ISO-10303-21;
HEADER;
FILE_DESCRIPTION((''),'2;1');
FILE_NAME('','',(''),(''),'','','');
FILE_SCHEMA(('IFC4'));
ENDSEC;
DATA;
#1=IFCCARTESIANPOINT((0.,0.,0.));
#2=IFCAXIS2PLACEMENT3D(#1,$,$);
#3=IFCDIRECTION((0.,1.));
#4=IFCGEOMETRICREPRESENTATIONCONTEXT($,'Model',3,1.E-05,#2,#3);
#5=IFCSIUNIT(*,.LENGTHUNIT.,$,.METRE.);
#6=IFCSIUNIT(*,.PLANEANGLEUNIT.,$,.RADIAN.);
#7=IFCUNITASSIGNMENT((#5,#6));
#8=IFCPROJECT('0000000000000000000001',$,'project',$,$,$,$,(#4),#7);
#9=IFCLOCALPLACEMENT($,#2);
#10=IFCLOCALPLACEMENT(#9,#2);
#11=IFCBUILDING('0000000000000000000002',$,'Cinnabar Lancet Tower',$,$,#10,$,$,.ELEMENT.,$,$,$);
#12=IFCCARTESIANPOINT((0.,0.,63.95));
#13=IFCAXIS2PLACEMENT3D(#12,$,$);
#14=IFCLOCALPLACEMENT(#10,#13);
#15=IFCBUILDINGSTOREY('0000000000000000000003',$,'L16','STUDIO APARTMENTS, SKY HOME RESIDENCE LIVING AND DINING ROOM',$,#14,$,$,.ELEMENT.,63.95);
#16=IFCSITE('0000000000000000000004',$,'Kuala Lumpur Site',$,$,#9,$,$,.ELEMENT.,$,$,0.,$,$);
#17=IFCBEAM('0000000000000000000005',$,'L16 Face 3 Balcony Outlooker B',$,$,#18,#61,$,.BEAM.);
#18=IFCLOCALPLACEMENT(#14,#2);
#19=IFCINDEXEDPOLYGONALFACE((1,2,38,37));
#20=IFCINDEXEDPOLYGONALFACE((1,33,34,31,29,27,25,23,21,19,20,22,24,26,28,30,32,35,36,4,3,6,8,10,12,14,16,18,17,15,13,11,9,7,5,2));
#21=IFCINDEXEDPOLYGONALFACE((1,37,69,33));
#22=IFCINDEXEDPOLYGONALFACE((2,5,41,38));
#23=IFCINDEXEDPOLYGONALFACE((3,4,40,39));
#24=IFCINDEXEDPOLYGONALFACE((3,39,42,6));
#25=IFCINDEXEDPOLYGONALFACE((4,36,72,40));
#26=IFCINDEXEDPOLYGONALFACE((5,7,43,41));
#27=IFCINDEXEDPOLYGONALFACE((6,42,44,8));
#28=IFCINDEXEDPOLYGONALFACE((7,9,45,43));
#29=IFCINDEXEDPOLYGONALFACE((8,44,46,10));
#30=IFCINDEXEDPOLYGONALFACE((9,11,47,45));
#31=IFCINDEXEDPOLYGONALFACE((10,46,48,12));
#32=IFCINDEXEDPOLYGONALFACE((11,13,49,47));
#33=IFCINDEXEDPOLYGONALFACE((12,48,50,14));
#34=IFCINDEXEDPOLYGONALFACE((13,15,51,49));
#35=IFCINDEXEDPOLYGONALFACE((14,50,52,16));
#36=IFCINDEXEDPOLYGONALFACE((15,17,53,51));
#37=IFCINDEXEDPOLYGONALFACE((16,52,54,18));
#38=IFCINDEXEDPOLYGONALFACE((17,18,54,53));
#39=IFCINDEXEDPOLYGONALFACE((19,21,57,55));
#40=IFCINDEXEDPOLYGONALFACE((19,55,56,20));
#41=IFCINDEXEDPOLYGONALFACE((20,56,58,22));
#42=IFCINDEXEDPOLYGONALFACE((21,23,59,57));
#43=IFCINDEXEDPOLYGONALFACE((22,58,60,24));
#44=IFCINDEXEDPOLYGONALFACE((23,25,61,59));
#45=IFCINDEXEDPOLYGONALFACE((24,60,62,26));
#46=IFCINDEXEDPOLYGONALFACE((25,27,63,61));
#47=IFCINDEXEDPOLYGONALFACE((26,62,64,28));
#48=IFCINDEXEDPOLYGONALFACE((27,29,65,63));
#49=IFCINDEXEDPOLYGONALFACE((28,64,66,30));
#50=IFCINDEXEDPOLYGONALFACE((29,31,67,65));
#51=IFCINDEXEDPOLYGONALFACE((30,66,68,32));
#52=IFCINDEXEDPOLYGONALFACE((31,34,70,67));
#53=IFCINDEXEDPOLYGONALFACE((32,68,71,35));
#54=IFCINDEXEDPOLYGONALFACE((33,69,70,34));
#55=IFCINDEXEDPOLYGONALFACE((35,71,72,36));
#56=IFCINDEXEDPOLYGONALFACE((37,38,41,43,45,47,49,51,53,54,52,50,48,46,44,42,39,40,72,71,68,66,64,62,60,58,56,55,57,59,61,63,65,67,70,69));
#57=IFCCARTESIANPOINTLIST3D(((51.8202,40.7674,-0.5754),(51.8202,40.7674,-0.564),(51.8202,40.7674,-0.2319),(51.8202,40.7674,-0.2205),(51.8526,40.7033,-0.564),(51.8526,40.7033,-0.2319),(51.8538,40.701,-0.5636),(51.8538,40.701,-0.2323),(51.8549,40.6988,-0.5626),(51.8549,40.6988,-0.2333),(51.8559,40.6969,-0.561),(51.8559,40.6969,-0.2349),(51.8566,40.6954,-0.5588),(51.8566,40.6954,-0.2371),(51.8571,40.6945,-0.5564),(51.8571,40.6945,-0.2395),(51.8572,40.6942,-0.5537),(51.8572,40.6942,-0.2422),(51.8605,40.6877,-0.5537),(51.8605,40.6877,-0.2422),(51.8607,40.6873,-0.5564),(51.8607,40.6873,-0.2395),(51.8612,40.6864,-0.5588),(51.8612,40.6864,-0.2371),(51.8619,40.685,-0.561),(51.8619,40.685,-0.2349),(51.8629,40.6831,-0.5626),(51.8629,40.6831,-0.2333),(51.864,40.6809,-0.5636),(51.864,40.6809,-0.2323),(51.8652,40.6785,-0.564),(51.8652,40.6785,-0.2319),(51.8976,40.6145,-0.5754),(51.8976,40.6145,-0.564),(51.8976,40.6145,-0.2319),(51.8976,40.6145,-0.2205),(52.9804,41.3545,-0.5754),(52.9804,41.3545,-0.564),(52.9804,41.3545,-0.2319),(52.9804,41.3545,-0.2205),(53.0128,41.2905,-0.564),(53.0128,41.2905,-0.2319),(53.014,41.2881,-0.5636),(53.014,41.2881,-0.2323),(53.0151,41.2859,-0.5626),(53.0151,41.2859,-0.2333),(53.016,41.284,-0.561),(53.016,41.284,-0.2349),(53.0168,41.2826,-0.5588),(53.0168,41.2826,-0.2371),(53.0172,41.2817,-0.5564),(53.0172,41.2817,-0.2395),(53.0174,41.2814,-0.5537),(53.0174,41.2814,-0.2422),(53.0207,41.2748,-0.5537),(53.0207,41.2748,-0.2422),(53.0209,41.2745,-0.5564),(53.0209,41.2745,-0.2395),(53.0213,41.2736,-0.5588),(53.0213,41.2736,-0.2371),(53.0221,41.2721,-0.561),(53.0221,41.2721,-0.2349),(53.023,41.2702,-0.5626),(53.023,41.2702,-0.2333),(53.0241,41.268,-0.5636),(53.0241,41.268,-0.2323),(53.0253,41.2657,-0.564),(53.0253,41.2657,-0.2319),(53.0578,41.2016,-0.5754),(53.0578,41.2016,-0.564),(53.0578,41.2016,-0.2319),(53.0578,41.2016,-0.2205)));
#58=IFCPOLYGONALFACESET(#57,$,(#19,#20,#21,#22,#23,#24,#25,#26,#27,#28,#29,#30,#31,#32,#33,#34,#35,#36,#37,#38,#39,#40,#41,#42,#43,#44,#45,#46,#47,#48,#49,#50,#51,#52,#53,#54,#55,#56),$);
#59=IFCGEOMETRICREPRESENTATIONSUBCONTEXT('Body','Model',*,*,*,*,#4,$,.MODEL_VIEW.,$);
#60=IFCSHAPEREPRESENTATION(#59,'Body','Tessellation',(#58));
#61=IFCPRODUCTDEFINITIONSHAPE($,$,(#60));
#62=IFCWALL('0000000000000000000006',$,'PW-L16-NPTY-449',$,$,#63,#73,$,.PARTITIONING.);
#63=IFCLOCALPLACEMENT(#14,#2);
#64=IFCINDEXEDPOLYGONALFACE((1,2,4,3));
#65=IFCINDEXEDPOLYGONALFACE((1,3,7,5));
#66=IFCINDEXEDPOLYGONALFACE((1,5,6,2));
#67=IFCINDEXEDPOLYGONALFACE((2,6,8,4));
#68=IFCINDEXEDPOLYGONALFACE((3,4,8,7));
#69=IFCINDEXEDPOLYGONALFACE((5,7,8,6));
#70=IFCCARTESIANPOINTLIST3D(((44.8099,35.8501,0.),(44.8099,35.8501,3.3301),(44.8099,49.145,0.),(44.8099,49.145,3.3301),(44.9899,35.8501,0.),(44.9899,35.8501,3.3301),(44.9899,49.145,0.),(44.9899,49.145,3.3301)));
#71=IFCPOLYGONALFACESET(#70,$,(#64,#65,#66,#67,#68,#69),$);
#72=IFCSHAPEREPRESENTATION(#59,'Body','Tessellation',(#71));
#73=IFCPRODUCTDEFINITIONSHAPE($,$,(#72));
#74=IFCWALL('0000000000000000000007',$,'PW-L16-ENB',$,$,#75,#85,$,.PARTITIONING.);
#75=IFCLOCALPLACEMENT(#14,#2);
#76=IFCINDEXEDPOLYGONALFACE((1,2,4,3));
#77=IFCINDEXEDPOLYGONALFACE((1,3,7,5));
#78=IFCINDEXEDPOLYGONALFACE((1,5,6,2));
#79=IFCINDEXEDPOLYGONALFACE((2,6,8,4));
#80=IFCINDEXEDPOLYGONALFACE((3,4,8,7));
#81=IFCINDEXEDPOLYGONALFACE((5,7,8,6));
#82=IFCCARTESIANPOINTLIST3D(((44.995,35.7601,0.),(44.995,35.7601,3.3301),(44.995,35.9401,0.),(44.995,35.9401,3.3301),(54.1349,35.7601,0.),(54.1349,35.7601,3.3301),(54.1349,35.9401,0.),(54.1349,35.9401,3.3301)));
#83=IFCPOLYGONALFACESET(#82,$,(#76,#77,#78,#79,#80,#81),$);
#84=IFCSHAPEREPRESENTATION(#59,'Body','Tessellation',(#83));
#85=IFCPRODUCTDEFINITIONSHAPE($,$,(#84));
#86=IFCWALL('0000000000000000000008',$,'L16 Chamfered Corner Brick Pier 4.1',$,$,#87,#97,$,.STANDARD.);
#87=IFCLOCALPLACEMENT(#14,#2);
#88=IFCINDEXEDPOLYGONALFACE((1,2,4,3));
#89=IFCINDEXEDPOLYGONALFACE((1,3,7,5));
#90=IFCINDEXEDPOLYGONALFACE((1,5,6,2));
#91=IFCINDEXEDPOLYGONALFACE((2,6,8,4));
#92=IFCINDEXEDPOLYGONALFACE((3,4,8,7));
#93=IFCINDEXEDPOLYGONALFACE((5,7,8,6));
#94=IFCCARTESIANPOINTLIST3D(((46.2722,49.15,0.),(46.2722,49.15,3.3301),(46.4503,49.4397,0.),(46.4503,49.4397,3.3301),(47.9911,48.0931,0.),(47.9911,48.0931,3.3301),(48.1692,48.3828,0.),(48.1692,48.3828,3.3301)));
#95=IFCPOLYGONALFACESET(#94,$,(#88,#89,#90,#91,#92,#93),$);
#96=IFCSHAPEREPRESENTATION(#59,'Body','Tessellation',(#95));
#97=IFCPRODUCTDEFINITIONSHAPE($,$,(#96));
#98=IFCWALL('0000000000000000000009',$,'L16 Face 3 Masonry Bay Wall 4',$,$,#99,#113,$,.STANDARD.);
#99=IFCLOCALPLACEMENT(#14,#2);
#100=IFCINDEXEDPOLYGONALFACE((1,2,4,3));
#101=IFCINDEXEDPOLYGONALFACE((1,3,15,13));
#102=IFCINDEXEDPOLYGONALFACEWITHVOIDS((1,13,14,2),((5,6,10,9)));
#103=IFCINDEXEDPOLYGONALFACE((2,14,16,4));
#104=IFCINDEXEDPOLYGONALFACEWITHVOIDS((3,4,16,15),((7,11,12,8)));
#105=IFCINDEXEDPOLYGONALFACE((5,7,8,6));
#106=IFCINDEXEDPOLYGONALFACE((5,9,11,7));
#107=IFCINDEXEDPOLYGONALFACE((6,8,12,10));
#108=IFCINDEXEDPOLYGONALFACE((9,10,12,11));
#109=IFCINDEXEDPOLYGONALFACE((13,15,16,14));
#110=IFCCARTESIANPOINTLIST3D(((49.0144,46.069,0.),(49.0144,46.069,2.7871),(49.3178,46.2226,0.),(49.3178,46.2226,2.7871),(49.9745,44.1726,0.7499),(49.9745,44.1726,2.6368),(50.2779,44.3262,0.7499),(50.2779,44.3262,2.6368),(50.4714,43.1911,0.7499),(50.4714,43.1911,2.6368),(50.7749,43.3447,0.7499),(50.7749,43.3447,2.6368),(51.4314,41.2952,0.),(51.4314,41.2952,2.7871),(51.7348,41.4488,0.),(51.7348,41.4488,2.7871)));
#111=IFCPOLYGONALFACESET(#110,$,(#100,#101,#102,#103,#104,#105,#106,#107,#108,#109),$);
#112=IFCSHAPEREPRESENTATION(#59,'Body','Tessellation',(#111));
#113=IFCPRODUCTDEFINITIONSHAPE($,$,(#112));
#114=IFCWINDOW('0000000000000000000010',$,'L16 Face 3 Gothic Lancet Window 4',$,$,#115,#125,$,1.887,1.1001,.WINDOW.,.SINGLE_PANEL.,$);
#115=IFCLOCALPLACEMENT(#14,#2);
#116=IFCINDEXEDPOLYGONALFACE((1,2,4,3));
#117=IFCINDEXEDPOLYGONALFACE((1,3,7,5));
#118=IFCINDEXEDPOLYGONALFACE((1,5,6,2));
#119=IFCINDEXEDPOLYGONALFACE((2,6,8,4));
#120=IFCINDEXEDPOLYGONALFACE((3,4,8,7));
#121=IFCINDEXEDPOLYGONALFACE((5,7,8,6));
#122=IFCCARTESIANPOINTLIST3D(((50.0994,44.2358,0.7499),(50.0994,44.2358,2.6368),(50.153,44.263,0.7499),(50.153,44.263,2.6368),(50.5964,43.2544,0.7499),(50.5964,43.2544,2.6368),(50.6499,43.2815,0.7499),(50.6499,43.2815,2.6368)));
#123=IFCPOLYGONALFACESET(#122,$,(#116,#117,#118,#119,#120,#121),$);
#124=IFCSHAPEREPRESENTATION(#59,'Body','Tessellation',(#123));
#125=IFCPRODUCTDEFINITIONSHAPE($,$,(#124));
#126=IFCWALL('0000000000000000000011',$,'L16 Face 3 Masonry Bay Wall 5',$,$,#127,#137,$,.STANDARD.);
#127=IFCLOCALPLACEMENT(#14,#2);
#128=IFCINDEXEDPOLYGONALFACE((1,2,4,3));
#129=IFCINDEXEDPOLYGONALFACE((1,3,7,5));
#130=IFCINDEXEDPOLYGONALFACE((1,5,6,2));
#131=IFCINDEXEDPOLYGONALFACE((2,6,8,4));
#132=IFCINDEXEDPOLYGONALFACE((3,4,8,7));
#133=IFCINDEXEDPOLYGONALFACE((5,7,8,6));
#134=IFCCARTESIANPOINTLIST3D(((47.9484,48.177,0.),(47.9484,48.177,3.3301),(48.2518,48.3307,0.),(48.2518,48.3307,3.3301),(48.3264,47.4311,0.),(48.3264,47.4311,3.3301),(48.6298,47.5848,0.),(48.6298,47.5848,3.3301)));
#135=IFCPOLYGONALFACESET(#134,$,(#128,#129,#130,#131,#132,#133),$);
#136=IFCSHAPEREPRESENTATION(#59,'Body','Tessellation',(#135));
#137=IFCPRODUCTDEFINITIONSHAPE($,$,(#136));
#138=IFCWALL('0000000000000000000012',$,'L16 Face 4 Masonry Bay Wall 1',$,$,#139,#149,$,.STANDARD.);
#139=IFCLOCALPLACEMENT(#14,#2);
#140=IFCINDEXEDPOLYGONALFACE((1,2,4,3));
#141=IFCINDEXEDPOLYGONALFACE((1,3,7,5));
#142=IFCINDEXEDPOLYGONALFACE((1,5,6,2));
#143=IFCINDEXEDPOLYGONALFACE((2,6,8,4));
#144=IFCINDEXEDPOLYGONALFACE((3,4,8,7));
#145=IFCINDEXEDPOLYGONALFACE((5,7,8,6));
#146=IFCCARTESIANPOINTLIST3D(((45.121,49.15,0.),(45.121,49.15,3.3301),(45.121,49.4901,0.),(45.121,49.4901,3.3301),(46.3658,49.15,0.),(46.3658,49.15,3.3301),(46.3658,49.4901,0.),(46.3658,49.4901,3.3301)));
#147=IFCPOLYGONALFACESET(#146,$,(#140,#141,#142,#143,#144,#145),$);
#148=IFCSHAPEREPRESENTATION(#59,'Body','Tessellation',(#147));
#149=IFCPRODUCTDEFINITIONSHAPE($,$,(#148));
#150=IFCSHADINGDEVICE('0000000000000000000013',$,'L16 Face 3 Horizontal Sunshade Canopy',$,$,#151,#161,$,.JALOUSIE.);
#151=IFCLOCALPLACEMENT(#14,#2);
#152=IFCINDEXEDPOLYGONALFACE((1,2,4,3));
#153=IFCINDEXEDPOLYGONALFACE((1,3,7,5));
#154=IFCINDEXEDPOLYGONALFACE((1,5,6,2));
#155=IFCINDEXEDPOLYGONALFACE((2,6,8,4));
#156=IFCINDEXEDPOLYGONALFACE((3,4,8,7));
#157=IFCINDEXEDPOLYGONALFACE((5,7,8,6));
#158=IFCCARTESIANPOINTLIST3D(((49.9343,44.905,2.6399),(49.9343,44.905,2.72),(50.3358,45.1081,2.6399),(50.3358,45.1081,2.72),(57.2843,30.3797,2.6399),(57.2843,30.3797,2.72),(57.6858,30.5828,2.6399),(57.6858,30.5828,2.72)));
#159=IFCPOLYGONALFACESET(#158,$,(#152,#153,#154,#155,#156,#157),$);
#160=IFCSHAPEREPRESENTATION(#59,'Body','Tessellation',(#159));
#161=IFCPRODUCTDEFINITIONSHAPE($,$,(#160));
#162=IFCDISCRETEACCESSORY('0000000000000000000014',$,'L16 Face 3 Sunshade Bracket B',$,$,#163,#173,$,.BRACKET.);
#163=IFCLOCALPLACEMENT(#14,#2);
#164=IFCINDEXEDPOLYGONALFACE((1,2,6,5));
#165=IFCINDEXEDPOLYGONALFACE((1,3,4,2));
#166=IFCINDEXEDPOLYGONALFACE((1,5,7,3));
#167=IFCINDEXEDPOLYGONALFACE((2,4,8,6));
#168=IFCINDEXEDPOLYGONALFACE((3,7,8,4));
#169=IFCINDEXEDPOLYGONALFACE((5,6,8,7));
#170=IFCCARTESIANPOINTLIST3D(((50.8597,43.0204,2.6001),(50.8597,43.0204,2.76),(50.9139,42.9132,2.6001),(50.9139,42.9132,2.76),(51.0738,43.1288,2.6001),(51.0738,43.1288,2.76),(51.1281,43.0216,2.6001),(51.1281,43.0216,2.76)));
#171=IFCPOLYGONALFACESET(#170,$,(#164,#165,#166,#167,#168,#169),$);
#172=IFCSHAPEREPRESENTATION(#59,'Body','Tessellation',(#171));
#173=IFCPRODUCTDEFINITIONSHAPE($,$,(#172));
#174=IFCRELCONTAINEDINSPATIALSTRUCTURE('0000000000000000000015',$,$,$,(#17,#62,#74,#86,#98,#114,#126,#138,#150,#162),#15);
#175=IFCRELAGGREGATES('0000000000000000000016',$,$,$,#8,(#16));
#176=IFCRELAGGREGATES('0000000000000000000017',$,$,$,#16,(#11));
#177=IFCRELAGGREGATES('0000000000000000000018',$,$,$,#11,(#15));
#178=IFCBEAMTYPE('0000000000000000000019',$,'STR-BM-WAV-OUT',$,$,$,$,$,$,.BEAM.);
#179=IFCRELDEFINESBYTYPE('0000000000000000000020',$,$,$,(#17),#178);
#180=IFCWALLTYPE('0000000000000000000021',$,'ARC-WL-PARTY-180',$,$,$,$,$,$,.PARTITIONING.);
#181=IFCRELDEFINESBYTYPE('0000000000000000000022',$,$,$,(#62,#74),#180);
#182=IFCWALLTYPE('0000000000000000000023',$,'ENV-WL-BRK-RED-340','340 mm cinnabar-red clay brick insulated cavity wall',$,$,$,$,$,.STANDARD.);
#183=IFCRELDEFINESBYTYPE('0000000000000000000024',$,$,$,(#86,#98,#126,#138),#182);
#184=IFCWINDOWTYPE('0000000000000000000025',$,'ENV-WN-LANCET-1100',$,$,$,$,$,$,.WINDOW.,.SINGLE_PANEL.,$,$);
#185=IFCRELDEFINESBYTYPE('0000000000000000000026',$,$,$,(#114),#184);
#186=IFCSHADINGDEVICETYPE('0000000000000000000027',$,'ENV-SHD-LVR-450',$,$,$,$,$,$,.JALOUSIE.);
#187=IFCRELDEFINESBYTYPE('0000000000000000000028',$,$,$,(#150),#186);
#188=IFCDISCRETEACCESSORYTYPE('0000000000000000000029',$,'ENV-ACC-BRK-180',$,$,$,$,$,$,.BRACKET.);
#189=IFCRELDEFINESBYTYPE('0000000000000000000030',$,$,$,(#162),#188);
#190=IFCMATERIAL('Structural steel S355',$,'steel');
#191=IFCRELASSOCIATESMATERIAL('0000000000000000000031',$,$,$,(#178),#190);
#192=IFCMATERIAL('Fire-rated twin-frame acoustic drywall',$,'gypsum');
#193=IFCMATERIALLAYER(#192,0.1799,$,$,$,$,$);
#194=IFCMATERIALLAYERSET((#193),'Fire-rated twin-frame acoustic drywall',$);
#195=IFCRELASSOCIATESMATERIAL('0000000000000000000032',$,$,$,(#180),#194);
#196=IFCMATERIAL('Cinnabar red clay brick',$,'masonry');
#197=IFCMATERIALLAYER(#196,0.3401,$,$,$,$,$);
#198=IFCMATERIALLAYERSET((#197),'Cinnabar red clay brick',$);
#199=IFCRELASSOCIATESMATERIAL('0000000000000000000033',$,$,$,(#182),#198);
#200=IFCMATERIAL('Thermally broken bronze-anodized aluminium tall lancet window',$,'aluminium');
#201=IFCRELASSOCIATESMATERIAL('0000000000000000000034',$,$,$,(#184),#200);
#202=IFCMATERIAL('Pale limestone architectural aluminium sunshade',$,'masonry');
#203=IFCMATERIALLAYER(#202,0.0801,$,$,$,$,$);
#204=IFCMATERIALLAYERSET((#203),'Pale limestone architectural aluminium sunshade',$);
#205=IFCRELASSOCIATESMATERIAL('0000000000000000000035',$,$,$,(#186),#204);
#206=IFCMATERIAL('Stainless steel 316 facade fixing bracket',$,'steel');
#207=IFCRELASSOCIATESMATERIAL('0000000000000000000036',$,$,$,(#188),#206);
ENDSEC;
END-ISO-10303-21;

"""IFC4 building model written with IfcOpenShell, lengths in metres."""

from ifc_helpers import new_model, si_unit, direction, frame, frame_2d, origin, origin_2d, place, context, subcontext, project, spatial, rectangle, i_section, extrude, material, layer, layer_set, material_profile, profile_set, type_object, element, fill, save


model = new_model("IFC4")

# Units and contexts
model_context = context("Model", 3, precision=1e-05, world=origin(), true_north=direction((0.0, 1.0)))
body_context = subcontext(model_context, "Body", "Model", "MODEL_VIEW")
ifc_project = project(units=[si_unit("LENGTHUNIT", "METRE"), si_unit("PLANEANGLEUNIT", "RADIAN")], contexts=[model_context])

# Site, building, storey
site_placement = place(None, origin())
site = spatial("IfcSite", under=ifc_project, at=site_placement, Name="Kuala Lumpur Site", CompositionType="ELEMENT", RefElevation=0.0)
building_placement = place(site_placement, origin())
building = spatial("IfcBuilding", under=site, at=building_placement, Name="Cinnabar Lancet Tower", CompositionType="ELEMENT")
storey_placement = place(building_placement, frame((0.0, 0.0, 63.95)))
storey = spatial("IfcBuildingStorey", under=building, at=storey_placement, Name="L16", Description="STUDIO APARTMENTS, SKY HOME RESIDENCE LIVING AND DINING ROOM", CompositionType="ELEMENT", Elevation=63.95)

# Beam
ifc_material_1 = material(Name="Structural steel S355", Category="steel")
ifc_material_profile_1 = material_profile(ifc_material_1, i_section(OverallWidth=0.1714, OverallDepth=0.355, WebThickness=0.0073, FlangeThickness=0.0115, FilletRadius=0.0103, at=origin_2d()), Name="UKB 356x171x51")
ifc_profile_set_1 = profile_set([ifc_material_profile_1], Name="Structural steel S355")
beam_type_1 = type_object("IfcBeamType", Name="STR-BM-WAV-OUT", PredefinedType="BEAM", material=ifc_profile_set_1)
beam_1_placement = place(storey_placement, frame((51.8589, 40.6909, -0.3979), z_axis=(0.892239, 0.451564, 0.0), x_axis=(-0.451564, 0.892239, 0.0)))
element("IfcBeam", 1, at=beam_1_placement, inside=storey, type_object=beam_type_1, Name="L16 Face 3 Balcony Outlooker B", PredefinedType="BEAM", context=body_context, shape_type="SweptSolid", body=[
    extrude(i_section(OverallWidth=0.1714, OverallDepth=0.355, WebThickness=0.0073, FlangeThickness=0.0115, FilletRadius=0.0103, at=origin_2d()), origin(), (0.0, 0.0, 1.0), 1.3003),
])

# Walls
ifc_material_2 = material(Name="Fire-rated twin-frame acoustic drywall", Category="gypsum")
ifc_layer_1 = layer(ifc_material_2, 0.1799)
ifc_layer_set_1 = layer_set([ifc_layer_1], Name="Fire-rated twin-frame acoustic drywall")
wall_type_1 = type_object("IfcWallType", Name="ARC-WL-PARTY-180", PredefinedType="PARTITIONING", material=ifc_layer_set_1)
wall_1_placement = place(storey_placement, frame((44.8999, 35.8501, 0.0), z_axis=(0.0, 0.0, 1.0), x_axis=(0.0, 1.0, 0.0)))
element("IfcWall", 2, at=wall_1_placement, inside=storey, type_object=wall_type_1, Name="PW-L16-NPTY-449", PredefinedType="PARTITIONING", context=body_context, shape_type="SweptSolid", body=[
    extrude(rectangle(XDim=13.2949, YDim=0.1799, at=frame_2d((6.6475, 0.0))), origin(), (0.0, 0.0, 1.0), 3.3301),
])
wall_2_placement = place(storey_placement, frame((44.9951, 35.8501, 0.0), z_axis=(0.0, 0.0, 1.0), x_axis=(1.0, 0.0, 0.0)))
element("IfcWall", 3, at=wall_2_placement, inside=storey, type_object=wall_type_1, Name="PW-L16-ENB", PredefinedType="PARTITIONING", context=body_context, shape_type="SweptSolid", body=[
    extrude(rectangle(XDim=9.1399, YDim=0.1799, at=frame_2d((4.5698, 0.0))), origin(), (0.0, 0.0, 1.0), 3.3301),
])
ifc_material_3 = material(Name="Cinnabar red clay brick", Category="masonry")
ifc_layer_2 = layer(ifc_material_3, 0.3401)
ifc_layer_set_2 = layer_set([ifc_layer_2], Name="Cinnabar red clay brick")
wall_type_2 = type_object("IfcWallType", Name="ENV-WL-BRK-RED-340", Description="340 mm cinnabar-red clay brick insulated cavity wall", PredefinedType="STANDARD", material=ifc_layer_set_2)
wall_3_placement = place(storey_placement, frame((48.0801, 48.238, 0.0), z_axis=(0.0, 0.0, 1.0), x_axis=(-0.85187, 0.523753, 0.0)))
element("IfcWall", 4, at=wall_3_placement, inside=storey, type_object=wall_type_2, Name="L16 Chamfered Corner Brick Pier 4.1", PredefinedType="STANDARD", context=body_context, shape_type="SweptSolid", body=[
    extrude(rectangle(XDim=2.0178, YDim=0.3401, at=frame_2d((1.0088, 0.0))), origin(), (0.0, 0.0, 1.0), 3.3301),
])

# Wall, opening, window
wall_4_placement = place(storey_placement, frame((51.583, 41.3721, 0.0), z_axis=(0.0, 0.0, 1.0), x_axis=(-0.451698, 0.892171, 0.0)))
wall_4 = element("IfcWall", 5, at=wall_4_placement, inside=storey, type_object=wall_type_2, Name="L16 Face 3 Masonry Bay Wall 4", PredefinedType="STANDARD", context=body_context, shape_type="SweptSolid", body=[
    extrude(rectangle(XDim=5.3508, YDim=0.3401, at=frame_2d((2.6753, 0.0))), origin(), (0.0, 0.0, 1.0), 2.7871),
])
opening_placement = place(wall_4_placement, frame((2.125, 0.0, 0.75)))
opening = element("IfcOpeningElement", 6, at=opening_placement, cuts=wall_4, PredefinedType="OPENING", context=body_context, shape_type="SweptSolid", body=[
    extrude(rectangle(XDim=1.1001, YDim=1.887, at=frame_2d((0.55, 0.9434))), frame((0.0, 0.1799, 0.0), z_axis=(0.0, -1.0, 0.0), x_axis=(1.0, 0.0, 0.0)), (0.0, 0.0, 1.0), 0.3601),
])
ifc_material_4 = material(Name="Thermally broken bronze-anodized aluminium tall lancet window", Category="aluminium")
window_type = type_object("IfcWindowType", Name="ENV-WN-LANCET-1100", PartitioningType="SINGLE_PANEL", PredefinedType="WINDOW", material=ifc_material_4)
window_placement = place(opening_placement, origin())
window = element("IfcWindow", 7, at=window_placement, inside=storey, type_object=window_type, Name="L16 Face 3 Gothic Lancet Window 4", OverallHeight=1.887, OverallWidth=1.1001, PartitioningType="SINGLE_PANEL", PredefinedType="WINDOW", context=body_context, shape_type="SweptSolid", body=[
    extrude(rectangle(XDim=1.1001, YDim=1.887, at=frame_2d((0.55, 0.9434))), frame((0.0, 0.03, 0.0), z_axis=(0.0, -1.0, 0.0), x_axis=(1.0, 0.0, 0.0)), (0.0, 0.0, 1.0), 0.0601),
])
fill(opening, window)

# Walls
wall_5_placement = place(storey_placement, frame((48.478, 47.5081, 0.0), z_axis=(0.0, 0.0, 1.0), x_axis=(-0.451996, 0.89202, 0.0)))
element("IfcWall", 8, at=wall_5_placement, inside=storey, type_object=wall_type_2, Name="L16 Face 3 Masonry Bay Wall 5", PredefinedType="STANDARD", context=body_context, shape_type="SweptSolid", body=[
    extrude(rectangle(XDim=0.8362, YDim=0.3401, at=frame_2d((0.418, 0.0))), origin(), (0.0, 0.0, 1.0), 3.3301),
])
wall_6_placement = place(storey_placement, frame((46.366, 49.3201, 0.0), z_axis=(0.0, 0.0, 1.0), x_axis=(-1.0, 0.0, 0.0)))
element("IfcWall", 9, at=wall_6_placement, inside=storey, type_object=wall_type_2, Name="L16 Face 4 Masonry Bay Wall 1", PredefinedType="STANDARD", context=body_context, shape_type="SweptSolid", body=[
    extrude(rectangle(XDim=1.2449, YDim=0.3401, at=frame_2d((0.6226, 0.0))), origin(), (0.0, 0.0, 1.0), 3.3301),
])

# Shading device
ifc_material_5 = material(Name="Pale limestone architectural aluminium sunshade", Category="masonry")
ifc_layer_3 = layer(ifc_material_5, 0.0801)
ifc_layer_set_3 = layer_set([ifc_layer_3], Name="Pale limestone architectural aluminium sunshade")
shading_device_type = type_object("IfcShadingDeviceType", Name="ENV-SHD-LVR-450", PredefinedType="JALOUSIE", material=ifc_layer_set_3)
shading_device_placement = place(storey_placement, frame((53.8101, 37.7439, 2.6399), z_axis=(0.0, 0.0, 1.0), x_axis=(-0.451501, 0.892271, 0.0)))
element("IfcShadingDevice", 10, at=shading_device_placement, inside=storey, type_object=shading_device_type, Name="L16 Face 3 Horizontal Sunshade Canopy", PredefinedType="JALOUSIE", context=body_context, shape_type="SweptSolid", body=[
    extrude(rectangle(XDim=16.2791, YDim=0.45, at=origin_2d()), origin(), (0.0, 0.0, 1.0), 0.0801),
])

# Discrete accessory
ifc_material_6 = material(Name="Stainless steel 316 facade fixing bracket", Category="steel")
discrete_accessory_type = type_object("IfcDiscreteAccessoryType", Name="ENV-ACC-BRK-180", PredefinedType="BRACKET", material=ifc_material_6)
discrete_accessory_placement = place(storey_placement, frame((50.9939, 43.021, 2.6001), z_axis=(0.0, 0.0, 1.0), x_axis=(-0.451501, 0.892271, 0.0)))
element("IfcDiscreteAccessory", 11, at=discrete_accessory_placement, inside=storey, type_object=discrete_accessory_type, Name="L16 Face 3 Sunshade Bracket B", PredefinedType="BRACKET", context=body_context, shape_type="SweptSolid", body=[
    extrude(rectangle(XDim=0.1201, YDim=0.24, at=origin_2d()), origin(), (0.0, 0.0, 1.0), 0.1599),
])

save(model, "model.ifc")
